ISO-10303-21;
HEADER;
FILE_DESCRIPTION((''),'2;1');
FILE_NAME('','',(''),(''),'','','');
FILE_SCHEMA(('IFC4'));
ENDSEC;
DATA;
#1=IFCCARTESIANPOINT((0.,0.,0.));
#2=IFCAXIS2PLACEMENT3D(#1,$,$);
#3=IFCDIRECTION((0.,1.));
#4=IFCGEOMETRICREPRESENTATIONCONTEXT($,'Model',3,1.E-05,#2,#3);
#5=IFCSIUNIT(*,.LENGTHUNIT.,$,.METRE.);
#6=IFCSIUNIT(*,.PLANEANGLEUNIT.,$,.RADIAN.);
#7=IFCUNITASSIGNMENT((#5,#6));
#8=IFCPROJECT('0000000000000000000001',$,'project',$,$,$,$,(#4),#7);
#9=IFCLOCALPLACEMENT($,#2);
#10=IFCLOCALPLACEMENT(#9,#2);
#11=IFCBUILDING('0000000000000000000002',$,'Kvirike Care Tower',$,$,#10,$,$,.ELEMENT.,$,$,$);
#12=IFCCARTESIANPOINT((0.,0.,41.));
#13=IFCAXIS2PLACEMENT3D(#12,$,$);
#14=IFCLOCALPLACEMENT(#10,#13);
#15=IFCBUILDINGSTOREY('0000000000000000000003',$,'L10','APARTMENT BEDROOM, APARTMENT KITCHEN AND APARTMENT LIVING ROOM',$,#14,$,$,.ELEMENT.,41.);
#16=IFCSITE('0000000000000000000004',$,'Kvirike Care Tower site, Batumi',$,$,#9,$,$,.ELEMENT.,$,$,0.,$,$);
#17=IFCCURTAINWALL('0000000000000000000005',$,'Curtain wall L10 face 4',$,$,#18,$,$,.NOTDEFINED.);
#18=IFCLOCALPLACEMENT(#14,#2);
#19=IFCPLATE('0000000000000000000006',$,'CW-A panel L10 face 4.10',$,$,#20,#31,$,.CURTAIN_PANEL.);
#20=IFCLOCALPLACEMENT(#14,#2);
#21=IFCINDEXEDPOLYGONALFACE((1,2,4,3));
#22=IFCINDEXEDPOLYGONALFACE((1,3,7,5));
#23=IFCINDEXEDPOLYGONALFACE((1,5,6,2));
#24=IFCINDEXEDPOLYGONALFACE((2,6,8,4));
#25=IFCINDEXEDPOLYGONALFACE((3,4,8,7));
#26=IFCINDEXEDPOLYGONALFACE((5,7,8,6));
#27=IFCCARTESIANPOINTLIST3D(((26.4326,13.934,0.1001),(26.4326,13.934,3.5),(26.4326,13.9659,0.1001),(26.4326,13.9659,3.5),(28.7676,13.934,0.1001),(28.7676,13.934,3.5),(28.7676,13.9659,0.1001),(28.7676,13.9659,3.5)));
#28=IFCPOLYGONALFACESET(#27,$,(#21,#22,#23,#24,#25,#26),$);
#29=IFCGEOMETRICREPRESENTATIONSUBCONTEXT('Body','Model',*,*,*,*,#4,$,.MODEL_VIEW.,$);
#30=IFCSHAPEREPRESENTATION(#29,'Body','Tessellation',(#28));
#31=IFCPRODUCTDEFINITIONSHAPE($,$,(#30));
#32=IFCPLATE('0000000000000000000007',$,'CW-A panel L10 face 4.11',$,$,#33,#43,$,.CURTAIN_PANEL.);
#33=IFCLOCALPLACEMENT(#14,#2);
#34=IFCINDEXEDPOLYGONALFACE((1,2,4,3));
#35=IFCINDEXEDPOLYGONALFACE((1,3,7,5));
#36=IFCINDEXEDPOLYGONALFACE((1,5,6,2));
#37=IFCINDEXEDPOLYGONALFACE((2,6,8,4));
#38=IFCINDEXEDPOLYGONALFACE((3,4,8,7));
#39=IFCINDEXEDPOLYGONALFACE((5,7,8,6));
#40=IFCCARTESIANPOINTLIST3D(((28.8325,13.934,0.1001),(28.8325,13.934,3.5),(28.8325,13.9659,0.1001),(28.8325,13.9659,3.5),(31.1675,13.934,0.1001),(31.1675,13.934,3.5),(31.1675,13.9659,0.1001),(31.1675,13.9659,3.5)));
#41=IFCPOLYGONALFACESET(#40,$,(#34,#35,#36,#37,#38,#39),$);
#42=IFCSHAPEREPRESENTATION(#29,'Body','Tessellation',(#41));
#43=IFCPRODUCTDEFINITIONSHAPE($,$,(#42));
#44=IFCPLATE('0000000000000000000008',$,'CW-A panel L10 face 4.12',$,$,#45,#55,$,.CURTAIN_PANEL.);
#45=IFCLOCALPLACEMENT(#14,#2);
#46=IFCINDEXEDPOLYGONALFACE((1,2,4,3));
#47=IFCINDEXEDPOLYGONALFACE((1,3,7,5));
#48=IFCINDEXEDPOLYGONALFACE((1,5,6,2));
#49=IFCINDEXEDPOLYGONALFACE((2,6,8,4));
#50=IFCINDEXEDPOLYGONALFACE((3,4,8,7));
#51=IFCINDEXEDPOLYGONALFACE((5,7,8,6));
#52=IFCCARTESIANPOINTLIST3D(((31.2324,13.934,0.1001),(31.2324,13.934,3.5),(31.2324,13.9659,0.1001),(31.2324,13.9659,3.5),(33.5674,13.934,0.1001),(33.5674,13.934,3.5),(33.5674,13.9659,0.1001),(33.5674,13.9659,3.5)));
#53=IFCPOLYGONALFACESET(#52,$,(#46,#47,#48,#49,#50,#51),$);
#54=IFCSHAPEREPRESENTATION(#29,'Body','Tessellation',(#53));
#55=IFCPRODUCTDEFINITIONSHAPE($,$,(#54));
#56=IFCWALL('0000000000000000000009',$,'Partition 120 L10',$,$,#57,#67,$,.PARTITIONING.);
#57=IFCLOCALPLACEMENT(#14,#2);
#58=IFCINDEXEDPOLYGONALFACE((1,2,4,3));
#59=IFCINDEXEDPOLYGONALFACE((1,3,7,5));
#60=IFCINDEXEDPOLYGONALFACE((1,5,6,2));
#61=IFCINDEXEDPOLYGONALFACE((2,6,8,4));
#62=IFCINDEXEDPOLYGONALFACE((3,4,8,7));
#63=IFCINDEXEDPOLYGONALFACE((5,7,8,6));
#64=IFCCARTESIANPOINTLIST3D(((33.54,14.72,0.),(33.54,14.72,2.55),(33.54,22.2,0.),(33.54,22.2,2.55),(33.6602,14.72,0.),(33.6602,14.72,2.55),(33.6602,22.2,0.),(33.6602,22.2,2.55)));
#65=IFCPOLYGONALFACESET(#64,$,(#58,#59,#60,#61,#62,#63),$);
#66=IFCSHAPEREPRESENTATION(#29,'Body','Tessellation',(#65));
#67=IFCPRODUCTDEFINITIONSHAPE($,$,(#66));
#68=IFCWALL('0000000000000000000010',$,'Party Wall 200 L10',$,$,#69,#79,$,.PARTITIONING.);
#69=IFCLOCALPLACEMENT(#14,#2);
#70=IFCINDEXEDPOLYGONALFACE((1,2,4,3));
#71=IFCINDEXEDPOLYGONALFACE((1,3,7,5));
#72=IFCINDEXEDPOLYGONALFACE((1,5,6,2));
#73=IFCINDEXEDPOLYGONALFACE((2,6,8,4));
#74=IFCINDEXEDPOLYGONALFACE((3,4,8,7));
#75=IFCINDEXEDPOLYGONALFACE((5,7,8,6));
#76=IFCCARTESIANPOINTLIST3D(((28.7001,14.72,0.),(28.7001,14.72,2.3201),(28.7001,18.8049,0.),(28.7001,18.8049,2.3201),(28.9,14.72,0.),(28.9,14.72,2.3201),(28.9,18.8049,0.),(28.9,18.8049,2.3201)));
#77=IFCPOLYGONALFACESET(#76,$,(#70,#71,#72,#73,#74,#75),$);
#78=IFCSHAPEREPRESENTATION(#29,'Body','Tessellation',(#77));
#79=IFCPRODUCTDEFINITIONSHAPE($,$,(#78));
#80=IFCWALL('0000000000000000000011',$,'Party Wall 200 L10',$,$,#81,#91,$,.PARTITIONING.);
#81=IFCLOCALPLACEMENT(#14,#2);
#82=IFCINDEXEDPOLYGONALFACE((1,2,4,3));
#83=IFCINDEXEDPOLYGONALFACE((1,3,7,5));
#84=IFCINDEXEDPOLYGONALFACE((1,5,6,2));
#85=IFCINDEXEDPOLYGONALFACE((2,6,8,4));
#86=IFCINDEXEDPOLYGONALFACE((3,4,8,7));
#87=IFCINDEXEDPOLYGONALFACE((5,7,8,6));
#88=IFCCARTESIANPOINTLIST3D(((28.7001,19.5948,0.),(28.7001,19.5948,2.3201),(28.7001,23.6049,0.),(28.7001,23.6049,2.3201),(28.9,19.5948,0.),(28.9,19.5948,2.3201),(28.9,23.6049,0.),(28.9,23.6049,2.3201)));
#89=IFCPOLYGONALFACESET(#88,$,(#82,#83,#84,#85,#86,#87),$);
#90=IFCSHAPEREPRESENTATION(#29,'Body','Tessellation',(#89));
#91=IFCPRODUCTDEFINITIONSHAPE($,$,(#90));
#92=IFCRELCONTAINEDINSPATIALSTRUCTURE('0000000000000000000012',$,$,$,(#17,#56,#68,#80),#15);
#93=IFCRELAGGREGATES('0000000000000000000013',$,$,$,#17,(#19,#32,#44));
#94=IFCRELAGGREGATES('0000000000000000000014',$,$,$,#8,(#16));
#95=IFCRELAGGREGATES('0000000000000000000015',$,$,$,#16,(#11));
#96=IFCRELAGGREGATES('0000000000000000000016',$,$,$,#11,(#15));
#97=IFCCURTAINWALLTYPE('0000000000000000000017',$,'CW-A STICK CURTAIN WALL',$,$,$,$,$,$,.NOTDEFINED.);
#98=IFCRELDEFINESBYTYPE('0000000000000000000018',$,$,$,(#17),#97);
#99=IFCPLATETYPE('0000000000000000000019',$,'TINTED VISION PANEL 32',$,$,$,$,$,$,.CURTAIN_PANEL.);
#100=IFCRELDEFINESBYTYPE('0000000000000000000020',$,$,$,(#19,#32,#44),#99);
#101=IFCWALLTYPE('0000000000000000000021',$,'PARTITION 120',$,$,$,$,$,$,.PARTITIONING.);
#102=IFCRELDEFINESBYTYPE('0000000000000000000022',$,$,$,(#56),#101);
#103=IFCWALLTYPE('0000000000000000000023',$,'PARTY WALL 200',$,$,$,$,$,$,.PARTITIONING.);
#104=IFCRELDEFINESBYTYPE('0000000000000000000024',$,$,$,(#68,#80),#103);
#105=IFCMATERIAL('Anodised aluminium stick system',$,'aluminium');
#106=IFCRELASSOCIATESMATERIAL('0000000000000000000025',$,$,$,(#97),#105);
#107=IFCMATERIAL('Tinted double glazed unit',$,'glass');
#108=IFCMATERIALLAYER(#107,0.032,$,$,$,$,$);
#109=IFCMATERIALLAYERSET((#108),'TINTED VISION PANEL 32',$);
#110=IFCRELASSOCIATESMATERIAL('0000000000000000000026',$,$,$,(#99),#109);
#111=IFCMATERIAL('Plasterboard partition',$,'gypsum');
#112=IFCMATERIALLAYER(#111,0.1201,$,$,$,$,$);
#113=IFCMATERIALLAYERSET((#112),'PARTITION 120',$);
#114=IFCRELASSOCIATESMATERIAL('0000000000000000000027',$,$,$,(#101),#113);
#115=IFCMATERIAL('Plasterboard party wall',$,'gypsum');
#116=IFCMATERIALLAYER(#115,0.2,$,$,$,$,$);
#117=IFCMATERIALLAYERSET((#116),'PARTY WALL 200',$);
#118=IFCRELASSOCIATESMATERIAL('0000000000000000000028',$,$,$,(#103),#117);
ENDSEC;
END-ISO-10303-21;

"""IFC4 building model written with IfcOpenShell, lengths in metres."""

from ifc_helpers import new_model, si_unit, direction, frame, frame_2d, origin, origin_2d, place, context, subcontext, project, spatial, rectangle, extrude, material, layer, layer_set, type_object, element, aggregate, save


model = new_model("IFC4")

# Units and contexts
model_context = context("Model", 3, precision=1e-05, world=origin(), true_north=direction((0.0, 1.0)))
body_context = subcontext(model_context, "Body", "Model", "MODEL_VIEW")
ifc_project = project(units=[si_unit("LENGTHUNIT", "METRE"), si_unit("PLANEANGLEUNIT", "RADIAN")], contexts=[model_context])

# Site, building, storey
site_placement = place(None, origin())
site = spatial("IfcSite", under=ifc_project, at=site_placement, Name="Kvirike Care Tower site, Batumi", CompositionType="ELEMENT", RefElevation=0.0)
building_placement = place(site_placement, origin())
building = spatial("IfcBuilding", under=site, at=building_placement, Name="Kvirike Care Tower", CompositionType="ELEMENT")
storey_placement = place(building_placement, frame((0.0, 0.0, 41.0)))
storey = spatial("IfcBuildingStorey", under=building, at=storey_placement, Name="L10", Description="APARTMENT BEDROOM, APARTMENT KITCHEN AND APARTMENT LIVING ROOM", CompositionType="ELEMENT", Elevation=41.0)

# Curtain wall
ifc_material_1 = material(Name="Anodised aluminium stick system", Category="aluminium")
curtain_wall_type = type_object("IfcCurtainWallType", Name="CW-A STICK CURTAIN WALL", PredefinedType="NOTDEFINED", material=ifc_material_1)
curtain_wall_placement = place(storey_placement, origin())
curtain_wall = element("IfcCurtainWall", 1, at=curtain_wall_placement, inside=storey, type_object=curtain_wall_type, Name="Curtain wall L10 face 4", PredefinedType="NOTDEFINED")

# Plates
ifc_material_2 = material(Name="Tinted double glazed unit", Category="glass")
ifc_layer_1 = layer(ifc_material_2, 0.032)
ifc_layer_set_1 = layer_set([ifc_layer_1], Name="TINTED VISION PANEL 32")
plate_type = type_object("IfcPlateType", Name="TINTED VISION PANEL 32", PredefinedType="CURTAIN_PANEL", material=ifc_layer_set_1)
plate_1_placement = place(storey_placement, frame((27.6001, 13.95, 0.1001), z_axis=(0.0, 0.0, 1.0), x_axis=(1.0, 0.0, 0.0)))
plate_1 = element("IfcPlate", 2, at=plate_1_placement, type_object=plate_type, Name="CW-A panel L10 face 4.10", PredefinedType="CURTAIN_PANEL", context=body_context, shape_type="SweptSolid", body=[
    extrude(rectangle(XDim=2.335, YDim=0.032, at=origin_2d()), origin(), (0.0, 0.0, 1.0), 3.3999),
])
plate_2_placement = place(storey_placement, frame((30.0, 13.95, 0.1001), z_axis=(0.0, 0.0, 1.0), x_axis=(1.0, 0.0, 0.0)))
plate_2 = element("IfcPlate", 3, at=plate_2_placement, type_object=plate_type, Name="CW-A panel L10 face 4.11", PredefinedType="CURTAIN_PANEL", context=body_context, shape_type="SweptSolid", body=[
    extrude(rectangle(XDim=2.335, YDim=0.032, at=origin_2d()), origin(), (0.0, 0.0, 1.0), 3.3999),
])
plate_3_placement = place(storey_placement, frame((32.3999, 13.95, 0.1001), z_axis=(0.0, 0.0, 1.0), x_axis=(1.0, 0.0, 0.0)))
plate_3 = element("IfcPlate", 4, at=plate_3_placement, type_object=plate_type, Name="CW-A panel L10 face 4.12", PredefinedType="CURTAIN_PANEL", context=body_context, shape_type="SweptSolid", body=[
    extrude(rectangle(XDim=2.335, YDim=0.032, at=origin_2d()), origin(), (0.0, 0.0, 1.0), 3.3999),
])
aggregate(curtain_wall, [plate_1, plate_2, plate_3])

# Walls
ifc_material_3 = material(Name="Plasterboard partition", Category="gypsum")
ifc_layer_2 = layer(ifc_material_3, 0.1201)
ifc_layer_set_2 = layer_set([ifc_layer_2], Name="PARTITION 120")
wall_type_1 = type_object("IfcWallType", Name="PARTITION 120", PredefinedType="PARTITIONING", material=ifc_layer_set_2)
wall_1_placement = place(storey_placement, frame((33.6001, 14.72, 0.0), z_axis=(0.0, 0.0, 1.0), x_axis=(0.0, 1.0, 0.0)))
element("IfcWall", 5, at=wall_1_placement, inside=storey, type_object=wall_type_1, Name="Partition 120 L10", PredefinedType="PARTITIONING", context=body_context, shape_type="SweptSolid", body=[
    extrude(rectangle(XDim=7.48, YDim=0.1201, at=frame_2d((3.74, 0.0))), origin(), (0.0, 0.0, 1.0), 2.55),
])
ifc_material_4 = material(Name="Plasterboard party wall", Category="gypsum")
ifc_layer_3 = layer(ifc_material_4, 0.2)
ifc_layer_set_3 = layer_set([ifc_layer_3], Name="PARTY WALL 200")
wall_type_2 = type_object("IfcWallType", Name="PARTY WALL 200", PredefinedType="PARTITIONING", material=ifc_layer_set_3)
wall_2_placement = place(storey_placement, frame((28.8, 14.72, 0.0), z_axis=(0.0, 0.0, 1.0), x_axis=(0.0, 1.0, 0.0)))
element("IfcWall", 6, at=wall_2_placement, inside=storey, type_object=wall_type_2, Name="Party Wall 200 L10", PredefinedType="PARTITIONING", context=body_context, shape_type="SweptSolid", body=[
    extrude(rectangle(XDim=4.085, YDim=0.2, at=frame_2d((2.0425, 0.0))), origin(), (0.0, 0.0, 1.0), 2.3201),
])
wall_3_placement = place(storey_placement, frame((28.8, 19.595, 0.0), z_axis=(0.0, 0.0, 1.0), x_axis=(0.0, 1.0, 0.0)))
element("IfcWall", 7, at=wall_3_placement, inside=storey, type_object=wall_type_2, Name="Party Wall 200 L10", PredefinedType="PARTITIONING", context=body_context, shape_type="SweptSolid", body=[
    extrude(rectangle(XDim=4.01, YDim=0.2, at=frame_2d((2.0049, 0.0))), origin(), (0.0, 0.0, 1.0), 2.3201),
])

save(model, "model.ifc")
